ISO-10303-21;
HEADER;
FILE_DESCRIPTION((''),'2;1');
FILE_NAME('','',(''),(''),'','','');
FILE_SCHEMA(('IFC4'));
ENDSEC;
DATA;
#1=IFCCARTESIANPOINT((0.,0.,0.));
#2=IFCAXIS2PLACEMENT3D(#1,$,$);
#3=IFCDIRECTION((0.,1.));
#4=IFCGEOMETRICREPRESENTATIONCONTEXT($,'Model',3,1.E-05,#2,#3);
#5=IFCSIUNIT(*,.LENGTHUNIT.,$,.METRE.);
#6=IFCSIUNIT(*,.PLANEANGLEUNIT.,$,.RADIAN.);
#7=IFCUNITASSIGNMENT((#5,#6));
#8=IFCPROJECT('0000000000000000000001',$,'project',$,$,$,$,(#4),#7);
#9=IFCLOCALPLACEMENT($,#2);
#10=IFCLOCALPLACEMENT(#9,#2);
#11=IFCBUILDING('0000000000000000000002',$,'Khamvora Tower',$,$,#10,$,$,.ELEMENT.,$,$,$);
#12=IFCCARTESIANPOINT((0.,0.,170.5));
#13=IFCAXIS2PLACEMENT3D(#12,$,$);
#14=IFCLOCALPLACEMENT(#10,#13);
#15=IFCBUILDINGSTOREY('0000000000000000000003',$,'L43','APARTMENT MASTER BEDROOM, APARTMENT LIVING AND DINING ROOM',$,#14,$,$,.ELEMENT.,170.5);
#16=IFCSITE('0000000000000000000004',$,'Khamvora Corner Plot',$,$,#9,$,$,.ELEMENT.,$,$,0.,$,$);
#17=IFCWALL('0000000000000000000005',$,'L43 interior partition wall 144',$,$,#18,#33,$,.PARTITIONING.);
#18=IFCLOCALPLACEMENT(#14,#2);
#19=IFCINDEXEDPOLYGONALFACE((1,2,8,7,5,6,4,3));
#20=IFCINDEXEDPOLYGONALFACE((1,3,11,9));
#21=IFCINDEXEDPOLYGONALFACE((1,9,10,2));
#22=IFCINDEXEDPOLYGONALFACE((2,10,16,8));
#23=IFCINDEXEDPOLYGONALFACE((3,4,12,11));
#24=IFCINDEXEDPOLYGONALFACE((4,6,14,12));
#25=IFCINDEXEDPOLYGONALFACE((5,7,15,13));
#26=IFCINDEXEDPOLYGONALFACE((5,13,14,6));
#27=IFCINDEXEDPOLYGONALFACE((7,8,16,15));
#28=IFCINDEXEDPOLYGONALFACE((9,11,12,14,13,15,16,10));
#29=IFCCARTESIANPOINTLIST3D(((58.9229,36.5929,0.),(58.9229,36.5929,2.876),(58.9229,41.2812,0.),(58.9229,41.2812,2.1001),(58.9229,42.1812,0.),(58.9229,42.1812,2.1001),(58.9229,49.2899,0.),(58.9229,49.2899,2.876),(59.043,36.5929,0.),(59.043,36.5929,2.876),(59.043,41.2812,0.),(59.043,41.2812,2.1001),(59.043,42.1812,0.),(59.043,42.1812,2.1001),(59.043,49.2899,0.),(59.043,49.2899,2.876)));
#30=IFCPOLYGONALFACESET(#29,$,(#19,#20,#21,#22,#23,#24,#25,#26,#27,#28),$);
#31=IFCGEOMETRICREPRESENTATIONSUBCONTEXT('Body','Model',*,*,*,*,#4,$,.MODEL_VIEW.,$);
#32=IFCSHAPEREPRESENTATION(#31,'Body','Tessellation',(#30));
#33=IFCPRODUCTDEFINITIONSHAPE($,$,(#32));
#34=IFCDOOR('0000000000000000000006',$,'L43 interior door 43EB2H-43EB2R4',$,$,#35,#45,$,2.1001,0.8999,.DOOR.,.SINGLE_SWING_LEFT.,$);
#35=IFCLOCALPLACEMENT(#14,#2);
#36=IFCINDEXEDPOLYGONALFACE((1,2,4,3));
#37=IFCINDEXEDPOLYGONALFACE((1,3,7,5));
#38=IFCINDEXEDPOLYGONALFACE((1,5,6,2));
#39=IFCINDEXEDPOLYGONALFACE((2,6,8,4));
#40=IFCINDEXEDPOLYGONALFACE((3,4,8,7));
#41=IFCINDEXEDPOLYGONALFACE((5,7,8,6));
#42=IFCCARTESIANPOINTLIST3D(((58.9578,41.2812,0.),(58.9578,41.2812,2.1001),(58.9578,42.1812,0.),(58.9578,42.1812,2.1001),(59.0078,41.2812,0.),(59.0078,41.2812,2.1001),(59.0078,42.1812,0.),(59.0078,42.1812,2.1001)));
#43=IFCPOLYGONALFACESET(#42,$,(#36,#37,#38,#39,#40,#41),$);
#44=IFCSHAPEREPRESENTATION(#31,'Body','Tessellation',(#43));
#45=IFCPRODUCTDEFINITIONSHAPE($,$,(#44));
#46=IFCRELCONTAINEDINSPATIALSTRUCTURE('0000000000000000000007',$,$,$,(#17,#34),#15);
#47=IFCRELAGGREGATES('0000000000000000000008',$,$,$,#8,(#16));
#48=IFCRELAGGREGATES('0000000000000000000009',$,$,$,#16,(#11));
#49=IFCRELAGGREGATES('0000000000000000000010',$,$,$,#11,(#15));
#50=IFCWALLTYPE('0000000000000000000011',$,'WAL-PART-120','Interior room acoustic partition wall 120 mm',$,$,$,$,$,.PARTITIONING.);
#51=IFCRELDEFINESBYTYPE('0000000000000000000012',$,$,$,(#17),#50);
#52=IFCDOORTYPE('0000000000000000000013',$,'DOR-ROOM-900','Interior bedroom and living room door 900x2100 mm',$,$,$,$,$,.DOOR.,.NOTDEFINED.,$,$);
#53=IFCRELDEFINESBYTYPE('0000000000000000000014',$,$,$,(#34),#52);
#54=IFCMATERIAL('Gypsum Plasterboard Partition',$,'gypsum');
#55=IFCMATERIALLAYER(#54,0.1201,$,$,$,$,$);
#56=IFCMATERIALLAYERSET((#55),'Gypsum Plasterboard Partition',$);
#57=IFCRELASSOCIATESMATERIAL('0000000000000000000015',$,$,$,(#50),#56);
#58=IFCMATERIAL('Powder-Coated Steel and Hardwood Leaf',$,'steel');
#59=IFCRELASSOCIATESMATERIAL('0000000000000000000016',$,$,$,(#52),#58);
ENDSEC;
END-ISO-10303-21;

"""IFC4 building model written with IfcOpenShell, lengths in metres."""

from ifc_helpers import new_model, si_unit, direction, frame, frame_2d, origin, place, context, subcontext, project, spatial, rectangle, extrude, material, layer, layer_set, type_object, element, fill, save


model = new_model("IFC4")

# Units and contexts
model_context = context("Model", 3, precision=1e-05, world=origin(), true_north=direction((0.0, 1.0)))
body_context = subcontext(model_context, "Body", "Model", "MODEL_VIEW")
ifc_project = project(units=[si_unit("LENGTHUNIT", "METRE"), si_unit("PLANEANGLEUNIT", "RADIAN")], contexts=[model_context])

# Site, building, storey
site_placement = place(None, origin())
site = spatial("IfcSite", under=ifc_project, at=site_placement, Name="Khamvora Corner Plot", CompositionType="ELEMENT", RefElevation=0.0)
building_placement = place(site_placement, origin())
building = spatial("IfcBuilding", under=site, at=building_placement, Name="Khamvora Tower", CompositionType="ELEMENT")
storey_placement = place(building_placement, frame((0.0, 0.0, 170.5)))
storey = spatial("IfcBuildingStorey", under=building, at=storey_placement, Name="L43", Description="APARTMENT MASTER BEDROOM, APARTMENT LIVING AND DINING ROOM", CompositionType="ELEMENT", Elevation=170.5)

# Shared definitions
ifc_material_1 = material(Name="Gypsum Plasterboard Partition", Category="gypsum")
ifc_layer_1 = layer(ifc_material_1, 0.1201)
ifc_layer_set_1 = layer_set([ifc_layer_1], Name="Gypsum Plasterboard Partition")
wall_type_1 = type_object("IfcWallType", Name="WAL-PART-120", Description="Interior room acoustic partition wall 120 mm", PredefinedType="PARTITIONING", material=ifc_layer_set_1)
ifc_material_2 = material(Name="Powder-Coated Steel and Hardwood Leaf", Category="steel")
door_type = type_object("IfcDoorType", Name="DOR-ROOM-900", Description="Interior bedroom and living room door 900x2100 mm", OperationType="NOTDEFINED", PredefinedType="DOOR", material=ifc_material_2)

# Wall, opening, door
wall_1_placement = place(storey_placement, frame((58.9829, 49.29, 0.0), z_axis=(0.0, 0.0, 1.0), x_axis=(0.0, -1.0, 0.0)))
wall_1 = element("IfcWall", 1, at=wall_1_placement, inside=storey, type_object=wall_type_1, Name="L43 interior partition wall 144", PredefinedType="PARTITIONING", context=body_context, shape_type="SweptSolid", body=[
    extrude(rectangle(XDim=12.697, YDim=0.1201, at=frame_2d((6.3486, 0.0))), origin(), (0.0, 0.0, 1.0), 2.876),
])
opening_1_placement = place(wall_1_placement, frame((7.1089, 0.0, 0.0)))
opening_1 = element("IfcOpeningElement", 2, at=opening_1_placement, cuts=wall_1, PredefinedType="OPENING", context=body_context, shape_type="SweptSolid", body=[
    extrude(rectangle(XDim=0.8999, YDim=2.1001, at=frame_2d((0.45, 1.05))), frame((0.0, 0.0701, 0.0), z_axis=(0.0, -1.0, 0.0), x_axis=(1.0, 0.0, 0.0)), (0.0, 0.0, 1.0), 0.1401),
])
door_1_placement = place(opening_1_placement, origin())
door_1 = element("IfcDoor", 3, at=door_1_placement, inside=storey, type_object=door_type, Name="L43 interior door 43EB2H-43EB2R4", OperationType="SINGLE_SWING_LEFT", OverallHeight=2.1001, OverallWidth=0.8999, PredefinedType="DOOR", context=body_context, shape_type="SweptSolid", body=[
    extrude(rectangle(XDim=0.8999, YDim=2.1001, at=frame_2d((0.45, 1.05))), frame((0.0, 0.0249, 0.0), z_axis=(0.0, -1.0, 0.0), x_axis=(1.0, 0.0, 0.0)), (0.0, 0.0, 1.0), 0.05),
])
fill(opening_1, door_1)

save(model, "model.ifc")
